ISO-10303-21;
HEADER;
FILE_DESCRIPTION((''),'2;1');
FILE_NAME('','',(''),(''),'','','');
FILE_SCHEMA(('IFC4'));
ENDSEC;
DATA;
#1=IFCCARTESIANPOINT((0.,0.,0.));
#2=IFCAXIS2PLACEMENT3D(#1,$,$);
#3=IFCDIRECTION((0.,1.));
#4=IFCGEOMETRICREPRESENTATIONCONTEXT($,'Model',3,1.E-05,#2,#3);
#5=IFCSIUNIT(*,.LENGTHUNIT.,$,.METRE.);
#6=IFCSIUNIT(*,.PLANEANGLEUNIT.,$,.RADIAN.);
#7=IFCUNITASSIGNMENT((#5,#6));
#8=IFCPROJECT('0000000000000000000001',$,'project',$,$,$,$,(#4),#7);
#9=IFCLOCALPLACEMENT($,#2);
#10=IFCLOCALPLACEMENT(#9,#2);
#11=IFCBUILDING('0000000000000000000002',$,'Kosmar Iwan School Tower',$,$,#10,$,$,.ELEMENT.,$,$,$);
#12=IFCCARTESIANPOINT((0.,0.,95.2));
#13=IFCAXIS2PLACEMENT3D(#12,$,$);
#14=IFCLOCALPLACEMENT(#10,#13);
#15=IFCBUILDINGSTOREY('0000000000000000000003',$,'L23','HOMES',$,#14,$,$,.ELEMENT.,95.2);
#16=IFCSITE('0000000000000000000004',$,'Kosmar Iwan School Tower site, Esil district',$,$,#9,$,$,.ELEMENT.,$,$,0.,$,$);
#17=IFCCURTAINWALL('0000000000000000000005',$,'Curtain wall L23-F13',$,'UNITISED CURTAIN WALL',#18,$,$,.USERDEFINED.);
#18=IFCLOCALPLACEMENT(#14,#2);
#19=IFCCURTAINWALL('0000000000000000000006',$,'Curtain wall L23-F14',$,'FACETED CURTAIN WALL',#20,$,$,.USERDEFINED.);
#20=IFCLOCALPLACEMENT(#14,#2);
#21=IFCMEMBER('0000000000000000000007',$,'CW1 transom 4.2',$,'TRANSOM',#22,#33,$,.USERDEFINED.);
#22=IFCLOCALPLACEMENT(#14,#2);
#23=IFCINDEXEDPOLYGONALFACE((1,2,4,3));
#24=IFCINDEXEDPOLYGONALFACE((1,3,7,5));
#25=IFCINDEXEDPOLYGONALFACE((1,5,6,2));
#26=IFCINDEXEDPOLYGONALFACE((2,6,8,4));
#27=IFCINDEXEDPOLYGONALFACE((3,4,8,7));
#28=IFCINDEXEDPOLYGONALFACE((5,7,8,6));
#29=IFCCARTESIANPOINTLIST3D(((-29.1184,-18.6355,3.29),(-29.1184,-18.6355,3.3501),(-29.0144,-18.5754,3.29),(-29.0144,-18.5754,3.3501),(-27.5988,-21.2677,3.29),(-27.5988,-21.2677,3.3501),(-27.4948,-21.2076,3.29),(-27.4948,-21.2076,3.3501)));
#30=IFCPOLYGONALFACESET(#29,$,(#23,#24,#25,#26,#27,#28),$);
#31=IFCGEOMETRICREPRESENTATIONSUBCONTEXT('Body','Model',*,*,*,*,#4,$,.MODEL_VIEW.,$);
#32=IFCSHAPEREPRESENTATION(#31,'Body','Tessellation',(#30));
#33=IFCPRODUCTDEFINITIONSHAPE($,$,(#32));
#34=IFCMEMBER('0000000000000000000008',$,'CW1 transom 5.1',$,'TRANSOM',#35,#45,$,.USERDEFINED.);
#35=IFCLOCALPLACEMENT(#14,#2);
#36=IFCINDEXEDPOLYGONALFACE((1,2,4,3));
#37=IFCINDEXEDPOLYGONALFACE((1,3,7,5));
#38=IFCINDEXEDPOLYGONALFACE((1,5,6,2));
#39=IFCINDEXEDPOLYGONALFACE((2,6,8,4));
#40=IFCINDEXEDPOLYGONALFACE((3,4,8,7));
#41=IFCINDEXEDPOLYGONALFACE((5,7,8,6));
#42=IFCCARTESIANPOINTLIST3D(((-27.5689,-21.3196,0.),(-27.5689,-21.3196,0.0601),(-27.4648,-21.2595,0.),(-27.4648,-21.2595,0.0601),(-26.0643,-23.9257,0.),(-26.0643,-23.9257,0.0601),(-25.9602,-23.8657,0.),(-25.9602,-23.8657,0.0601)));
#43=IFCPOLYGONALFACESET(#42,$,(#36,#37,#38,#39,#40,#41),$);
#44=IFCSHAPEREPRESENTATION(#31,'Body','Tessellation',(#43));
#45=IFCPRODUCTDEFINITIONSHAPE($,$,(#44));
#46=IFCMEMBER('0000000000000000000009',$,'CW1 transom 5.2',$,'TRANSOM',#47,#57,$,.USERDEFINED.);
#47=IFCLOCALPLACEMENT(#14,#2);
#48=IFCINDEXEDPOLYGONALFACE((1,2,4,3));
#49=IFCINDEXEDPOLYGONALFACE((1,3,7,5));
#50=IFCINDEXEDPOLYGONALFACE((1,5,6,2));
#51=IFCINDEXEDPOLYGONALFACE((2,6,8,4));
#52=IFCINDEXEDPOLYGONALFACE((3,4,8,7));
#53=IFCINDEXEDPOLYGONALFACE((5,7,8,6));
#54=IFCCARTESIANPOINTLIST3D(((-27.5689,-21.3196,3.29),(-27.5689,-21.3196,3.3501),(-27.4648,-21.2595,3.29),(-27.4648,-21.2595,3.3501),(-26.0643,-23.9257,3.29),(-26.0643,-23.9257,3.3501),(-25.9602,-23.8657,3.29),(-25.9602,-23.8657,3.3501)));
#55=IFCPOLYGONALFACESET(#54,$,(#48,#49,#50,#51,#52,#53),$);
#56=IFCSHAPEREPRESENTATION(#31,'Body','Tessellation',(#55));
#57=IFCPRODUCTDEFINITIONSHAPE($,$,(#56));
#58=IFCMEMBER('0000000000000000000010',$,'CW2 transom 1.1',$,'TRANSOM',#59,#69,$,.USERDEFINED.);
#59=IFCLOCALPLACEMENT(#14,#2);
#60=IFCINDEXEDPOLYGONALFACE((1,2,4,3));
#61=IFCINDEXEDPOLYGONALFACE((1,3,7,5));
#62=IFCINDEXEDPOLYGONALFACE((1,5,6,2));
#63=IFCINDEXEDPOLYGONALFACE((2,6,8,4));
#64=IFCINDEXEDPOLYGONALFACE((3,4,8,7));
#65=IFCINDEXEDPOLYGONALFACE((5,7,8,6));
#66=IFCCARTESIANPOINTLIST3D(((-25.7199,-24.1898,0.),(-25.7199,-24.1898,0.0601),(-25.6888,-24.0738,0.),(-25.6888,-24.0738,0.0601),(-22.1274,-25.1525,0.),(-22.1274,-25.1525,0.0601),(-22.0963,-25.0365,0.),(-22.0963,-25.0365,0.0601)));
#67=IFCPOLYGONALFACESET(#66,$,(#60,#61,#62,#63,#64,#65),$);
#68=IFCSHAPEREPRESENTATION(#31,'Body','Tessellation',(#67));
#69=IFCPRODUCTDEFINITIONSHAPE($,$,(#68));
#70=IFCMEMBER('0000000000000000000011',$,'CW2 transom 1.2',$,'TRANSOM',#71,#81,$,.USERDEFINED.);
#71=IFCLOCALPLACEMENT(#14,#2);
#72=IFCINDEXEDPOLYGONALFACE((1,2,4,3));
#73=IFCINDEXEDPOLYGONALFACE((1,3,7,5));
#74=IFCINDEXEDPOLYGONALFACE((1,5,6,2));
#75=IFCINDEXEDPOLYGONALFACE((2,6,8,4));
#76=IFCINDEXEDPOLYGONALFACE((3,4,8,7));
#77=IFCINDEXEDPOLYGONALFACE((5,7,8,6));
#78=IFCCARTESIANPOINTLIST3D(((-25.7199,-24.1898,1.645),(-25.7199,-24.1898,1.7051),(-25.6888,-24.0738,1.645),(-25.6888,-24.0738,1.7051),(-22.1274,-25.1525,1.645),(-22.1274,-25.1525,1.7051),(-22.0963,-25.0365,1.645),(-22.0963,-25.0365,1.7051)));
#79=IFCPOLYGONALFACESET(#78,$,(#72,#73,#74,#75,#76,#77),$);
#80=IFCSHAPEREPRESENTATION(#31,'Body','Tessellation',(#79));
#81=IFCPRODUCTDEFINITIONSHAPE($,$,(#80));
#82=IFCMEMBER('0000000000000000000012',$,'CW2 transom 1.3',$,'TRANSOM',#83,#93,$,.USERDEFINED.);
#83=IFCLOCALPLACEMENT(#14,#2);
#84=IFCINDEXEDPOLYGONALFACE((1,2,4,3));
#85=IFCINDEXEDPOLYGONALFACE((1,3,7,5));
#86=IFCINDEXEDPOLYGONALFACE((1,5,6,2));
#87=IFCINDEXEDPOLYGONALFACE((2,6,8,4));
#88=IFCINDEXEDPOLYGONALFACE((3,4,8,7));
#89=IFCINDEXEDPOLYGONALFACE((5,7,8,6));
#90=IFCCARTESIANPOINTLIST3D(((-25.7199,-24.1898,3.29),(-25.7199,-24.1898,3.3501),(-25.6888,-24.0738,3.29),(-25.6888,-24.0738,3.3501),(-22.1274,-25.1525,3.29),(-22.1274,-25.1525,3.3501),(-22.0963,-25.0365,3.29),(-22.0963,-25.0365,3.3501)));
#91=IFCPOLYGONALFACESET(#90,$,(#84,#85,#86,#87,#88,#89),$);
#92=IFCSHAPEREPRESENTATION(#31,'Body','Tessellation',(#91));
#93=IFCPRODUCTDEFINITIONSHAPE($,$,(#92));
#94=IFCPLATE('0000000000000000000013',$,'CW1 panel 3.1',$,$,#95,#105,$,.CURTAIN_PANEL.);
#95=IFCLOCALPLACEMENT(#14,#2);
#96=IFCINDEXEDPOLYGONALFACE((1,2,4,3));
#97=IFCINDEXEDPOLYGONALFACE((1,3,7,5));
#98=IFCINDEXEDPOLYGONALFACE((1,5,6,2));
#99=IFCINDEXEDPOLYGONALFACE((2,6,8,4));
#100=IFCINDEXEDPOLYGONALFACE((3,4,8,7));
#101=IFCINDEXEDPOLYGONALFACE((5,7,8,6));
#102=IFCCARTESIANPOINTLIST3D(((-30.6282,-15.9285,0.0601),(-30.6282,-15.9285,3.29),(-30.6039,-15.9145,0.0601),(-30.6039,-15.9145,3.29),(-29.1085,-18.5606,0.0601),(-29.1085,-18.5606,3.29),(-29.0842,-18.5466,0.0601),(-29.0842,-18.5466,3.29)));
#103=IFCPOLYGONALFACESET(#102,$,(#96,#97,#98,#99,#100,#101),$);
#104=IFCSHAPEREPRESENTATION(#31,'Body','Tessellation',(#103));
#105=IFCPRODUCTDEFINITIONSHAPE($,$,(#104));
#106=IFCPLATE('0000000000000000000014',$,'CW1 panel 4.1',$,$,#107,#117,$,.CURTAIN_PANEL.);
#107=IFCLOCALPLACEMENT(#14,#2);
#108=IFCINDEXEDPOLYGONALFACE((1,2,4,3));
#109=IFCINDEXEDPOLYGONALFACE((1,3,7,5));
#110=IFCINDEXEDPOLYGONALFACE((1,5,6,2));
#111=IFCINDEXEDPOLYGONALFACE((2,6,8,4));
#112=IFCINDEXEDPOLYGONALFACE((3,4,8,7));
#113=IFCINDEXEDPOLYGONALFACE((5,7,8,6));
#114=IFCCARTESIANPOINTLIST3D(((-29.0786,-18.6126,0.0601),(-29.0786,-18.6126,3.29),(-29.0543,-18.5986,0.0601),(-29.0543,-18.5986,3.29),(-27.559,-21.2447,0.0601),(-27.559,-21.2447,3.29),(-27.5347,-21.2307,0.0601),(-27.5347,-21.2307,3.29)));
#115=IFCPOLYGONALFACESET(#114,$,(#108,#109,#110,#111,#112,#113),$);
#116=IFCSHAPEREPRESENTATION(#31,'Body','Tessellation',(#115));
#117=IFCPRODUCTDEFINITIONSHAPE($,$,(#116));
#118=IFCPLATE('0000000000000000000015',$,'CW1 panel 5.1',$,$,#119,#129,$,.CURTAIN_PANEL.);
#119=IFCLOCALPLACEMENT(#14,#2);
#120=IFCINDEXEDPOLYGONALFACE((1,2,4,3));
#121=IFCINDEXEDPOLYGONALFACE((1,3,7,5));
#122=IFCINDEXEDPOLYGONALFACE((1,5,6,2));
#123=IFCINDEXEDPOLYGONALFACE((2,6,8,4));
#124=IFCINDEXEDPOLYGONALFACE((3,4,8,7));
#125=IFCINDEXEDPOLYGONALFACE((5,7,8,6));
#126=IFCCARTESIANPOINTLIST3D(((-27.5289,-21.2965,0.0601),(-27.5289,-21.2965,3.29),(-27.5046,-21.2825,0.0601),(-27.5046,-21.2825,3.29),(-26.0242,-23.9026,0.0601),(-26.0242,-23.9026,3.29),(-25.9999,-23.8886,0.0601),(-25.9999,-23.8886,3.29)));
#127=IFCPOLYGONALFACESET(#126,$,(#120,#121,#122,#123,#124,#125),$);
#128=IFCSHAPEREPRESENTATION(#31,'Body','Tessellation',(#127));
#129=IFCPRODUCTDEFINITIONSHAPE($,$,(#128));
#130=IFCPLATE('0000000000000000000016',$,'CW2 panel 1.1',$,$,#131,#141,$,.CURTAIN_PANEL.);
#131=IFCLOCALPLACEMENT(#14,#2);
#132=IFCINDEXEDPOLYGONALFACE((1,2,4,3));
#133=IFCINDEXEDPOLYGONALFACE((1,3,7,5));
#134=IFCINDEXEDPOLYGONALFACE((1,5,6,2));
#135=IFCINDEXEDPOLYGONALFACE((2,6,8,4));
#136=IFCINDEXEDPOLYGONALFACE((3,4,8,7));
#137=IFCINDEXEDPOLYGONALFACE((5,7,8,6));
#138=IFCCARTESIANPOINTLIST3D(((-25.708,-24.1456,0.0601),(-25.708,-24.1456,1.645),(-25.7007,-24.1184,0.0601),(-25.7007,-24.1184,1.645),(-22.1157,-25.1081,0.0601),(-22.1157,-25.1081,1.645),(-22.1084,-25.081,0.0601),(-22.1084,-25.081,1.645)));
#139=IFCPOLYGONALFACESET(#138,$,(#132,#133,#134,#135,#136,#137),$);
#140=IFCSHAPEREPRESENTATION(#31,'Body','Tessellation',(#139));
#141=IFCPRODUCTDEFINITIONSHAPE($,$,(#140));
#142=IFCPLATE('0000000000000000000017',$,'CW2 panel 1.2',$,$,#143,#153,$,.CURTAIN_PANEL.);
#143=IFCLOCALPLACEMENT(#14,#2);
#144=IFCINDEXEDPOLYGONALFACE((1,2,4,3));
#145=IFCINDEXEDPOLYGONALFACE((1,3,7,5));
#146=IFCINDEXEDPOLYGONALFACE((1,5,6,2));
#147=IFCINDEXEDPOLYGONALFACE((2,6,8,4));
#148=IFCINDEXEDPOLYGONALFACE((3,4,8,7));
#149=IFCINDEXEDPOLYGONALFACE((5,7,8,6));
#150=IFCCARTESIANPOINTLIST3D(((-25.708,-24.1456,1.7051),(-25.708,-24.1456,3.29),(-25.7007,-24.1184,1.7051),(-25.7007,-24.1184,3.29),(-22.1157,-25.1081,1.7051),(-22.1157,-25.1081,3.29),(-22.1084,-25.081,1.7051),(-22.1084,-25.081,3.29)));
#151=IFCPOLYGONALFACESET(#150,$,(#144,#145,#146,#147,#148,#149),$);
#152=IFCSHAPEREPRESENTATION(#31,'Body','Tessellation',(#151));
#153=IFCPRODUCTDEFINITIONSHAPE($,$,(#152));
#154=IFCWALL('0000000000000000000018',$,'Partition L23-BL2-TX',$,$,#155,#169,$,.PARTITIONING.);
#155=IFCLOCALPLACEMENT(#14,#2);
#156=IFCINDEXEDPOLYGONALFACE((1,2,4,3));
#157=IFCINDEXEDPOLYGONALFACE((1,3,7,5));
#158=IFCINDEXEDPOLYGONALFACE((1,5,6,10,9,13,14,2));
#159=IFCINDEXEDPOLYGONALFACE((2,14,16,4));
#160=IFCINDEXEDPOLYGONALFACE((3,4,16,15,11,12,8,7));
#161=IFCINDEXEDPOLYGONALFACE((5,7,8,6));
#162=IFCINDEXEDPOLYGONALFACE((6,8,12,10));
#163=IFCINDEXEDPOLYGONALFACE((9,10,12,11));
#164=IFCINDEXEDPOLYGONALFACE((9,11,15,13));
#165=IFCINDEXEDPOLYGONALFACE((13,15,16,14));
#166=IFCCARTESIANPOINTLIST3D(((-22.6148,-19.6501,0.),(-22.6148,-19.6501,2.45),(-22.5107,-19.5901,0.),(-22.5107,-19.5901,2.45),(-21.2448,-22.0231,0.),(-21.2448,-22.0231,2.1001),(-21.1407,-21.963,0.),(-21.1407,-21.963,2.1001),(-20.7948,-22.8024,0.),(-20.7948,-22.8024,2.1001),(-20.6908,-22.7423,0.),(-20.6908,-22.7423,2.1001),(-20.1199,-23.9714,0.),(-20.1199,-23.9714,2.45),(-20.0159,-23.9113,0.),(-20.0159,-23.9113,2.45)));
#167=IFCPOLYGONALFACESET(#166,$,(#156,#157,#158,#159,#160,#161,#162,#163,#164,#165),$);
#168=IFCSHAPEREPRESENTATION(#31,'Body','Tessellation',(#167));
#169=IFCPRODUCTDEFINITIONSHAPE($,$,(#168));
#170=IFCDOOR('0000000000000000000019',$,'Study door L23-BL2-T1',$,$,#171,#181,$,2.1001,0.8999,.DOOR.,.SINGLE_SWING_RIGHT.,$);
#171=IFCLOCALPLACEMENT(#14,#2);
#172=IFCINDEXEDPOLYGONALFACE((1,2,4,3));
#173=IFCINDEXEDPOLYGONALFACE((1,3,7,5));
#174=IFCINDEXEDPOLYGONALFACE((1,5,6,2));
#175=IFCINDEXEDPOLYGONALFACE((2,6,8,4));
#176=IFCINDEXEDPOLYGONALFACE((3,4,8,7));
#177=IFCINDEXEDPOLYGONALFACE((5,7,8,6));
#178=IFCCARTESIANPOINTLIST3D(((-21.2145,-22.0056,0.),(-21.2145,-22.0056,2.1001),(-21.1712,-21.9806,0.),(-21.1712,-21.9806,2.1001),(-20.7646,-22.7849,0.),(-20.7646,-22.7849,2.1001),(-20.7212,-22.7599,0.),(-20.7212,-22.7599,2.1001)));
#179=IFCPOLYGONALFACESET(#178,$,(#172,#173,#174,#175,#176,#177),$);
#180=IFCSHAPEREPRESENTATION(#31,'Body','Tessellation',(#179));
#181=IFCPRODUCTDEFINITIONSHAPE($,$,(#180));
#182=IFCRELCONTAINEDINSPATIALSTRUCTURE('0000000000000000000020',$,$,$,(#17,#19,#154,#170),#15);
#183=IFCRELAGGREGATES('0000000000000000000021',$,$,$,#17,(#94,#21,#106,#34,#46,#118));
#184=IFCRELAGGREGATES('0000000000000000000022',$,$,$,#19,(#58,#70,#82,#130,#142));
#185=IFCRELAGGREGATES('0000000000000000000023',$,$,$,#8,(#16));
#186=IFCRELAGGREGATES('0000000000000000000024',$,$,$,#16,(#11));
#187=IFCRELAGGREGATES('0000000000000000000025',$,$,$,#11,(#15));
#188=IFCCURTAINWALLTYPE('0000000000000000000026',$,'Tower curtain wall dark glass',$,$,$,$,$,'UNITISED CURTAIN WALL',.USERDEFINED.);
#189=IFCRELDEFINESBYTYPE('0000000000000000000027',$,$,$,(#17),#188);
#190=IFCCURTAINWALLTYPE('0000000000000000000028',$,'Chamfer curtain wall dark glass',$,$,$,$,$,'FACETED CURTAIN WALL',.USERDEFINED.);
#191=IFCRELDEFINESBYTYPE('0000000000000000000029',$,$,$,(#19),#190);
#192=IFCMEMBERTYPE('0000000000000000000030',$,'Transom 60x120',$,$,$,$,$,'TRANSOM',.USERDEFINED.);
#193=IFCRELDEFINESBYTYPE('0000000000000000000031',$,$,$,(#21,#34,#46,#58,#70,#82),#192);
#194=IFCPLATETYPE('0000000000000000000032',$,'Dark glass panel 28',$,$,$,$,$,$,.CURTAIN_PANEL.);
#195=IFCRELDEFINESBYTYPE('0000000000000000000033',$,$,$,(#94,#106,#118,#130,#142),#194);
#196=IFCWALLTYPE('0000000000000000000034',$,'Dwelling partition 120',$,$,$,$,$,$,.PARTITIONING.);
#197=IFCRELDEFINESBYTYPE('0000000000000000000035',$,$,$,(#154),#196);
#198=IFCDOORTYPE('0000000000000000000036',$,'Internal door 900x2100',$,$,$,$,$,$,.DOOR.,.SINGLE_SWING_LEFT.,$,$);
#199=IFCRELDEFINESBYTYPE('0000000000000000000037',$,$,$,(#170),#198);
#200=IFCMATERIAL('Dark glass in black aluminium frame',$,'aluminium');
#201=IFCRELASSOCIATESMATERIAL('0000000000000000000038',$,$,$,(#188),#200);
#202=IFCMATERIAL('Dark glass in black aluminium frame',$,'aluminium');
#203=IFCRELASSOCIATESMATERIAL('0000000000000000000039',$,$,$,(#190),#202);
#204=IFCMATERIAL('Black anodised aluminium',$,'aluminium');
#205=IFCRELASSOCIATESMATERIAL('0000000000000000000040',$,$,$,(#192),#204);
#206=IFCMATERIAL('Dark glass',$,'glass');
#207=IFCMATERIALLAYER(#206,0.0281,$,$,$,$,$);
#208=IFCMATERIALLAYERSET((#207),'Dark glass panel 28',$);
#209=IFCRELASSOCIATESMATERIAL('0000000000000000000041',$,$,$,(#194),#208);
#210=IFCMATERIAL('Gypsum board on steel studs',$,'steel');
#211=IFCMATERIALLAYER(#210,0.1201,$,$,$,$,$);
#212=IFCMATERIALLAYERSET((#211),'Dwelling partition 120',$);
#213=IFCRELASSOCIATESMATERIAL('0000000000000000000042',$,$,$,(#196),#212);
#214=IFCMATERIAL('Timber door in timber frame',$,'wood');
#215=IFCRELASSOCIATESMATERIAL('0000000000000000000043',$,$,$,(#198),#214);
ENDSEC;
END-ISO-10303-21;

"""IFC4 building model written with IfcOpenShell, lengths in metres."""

from ifc_helpers import new_model, si_unit, direction, frame, frame_2d, origin, origin_2d, place, context, subcontext, project, spatial, rectangle, extrude, material, layer, layer_set, material_profile, profile_set, type_object, element, fill, aggregate, save


model = new_model("IFC4")

# Units and contexts
model_context = context("Model", 3, precision=1e-05, world=origin(), true_north=direction((0.0, 1.0)))
body_context = subcontext(model_context, "Body", "Model", "MODEL_VIEW")
ifc_project = project(units=[si_unit("LENGTHUNIT", "METRE"), si_unit("PLANEANGLEUNIT", "RADIAN")], contexts=[model_context])

# Site, building, storey
site_placement = place(None, origin())
site = spatial("IfcSite", under=ifc_project, at=site_placement, Name="Kosmar Iwan School Tower site, Esil district", CompositionType="ELEMENT", RefElevation=0.0)
building_placement = place(site_placement, origin())
building = spatial("IfcBuilding", under=site, at=building_placement, Name="Kosmar Iwan School Tower", CompositionType="ELEMENT")
storey_placement = place(building_placement, frame((0.0, 0.0, 95.2)))
storey = spatial("IfcBuildingStorey", under=building, at=storey_placement, Name="L23", Description="HOMES", CompositionType="ELEMENT", Elevation=95.2)

# Curtain walls
ifc_material_1 = material(Name="Dark glass in black aluminium frame", Category="aluminium")
curtain_wall_type_1 = type_object("IfcCurtainWallType", Name="Tower curtain wall dark glass", ElementType="UNITISED CURTAIN WALL", PredefinedType="USERDEFINED", material=ifc_material_1)
curtain_wall_1_placement = place(storey_placement, origin())
curtain_wall_1 = element("IfcCurtainWall", 1, at=curtain_wall_1_placement, inside=storey, type_object=curtain_wall_type_1, Name="Curtain wall L23-F13", ObjectType="UNITISED CURTAIN WALL", PredefinedType="USERDEFINED")
ifc_material_2 = material(Name="Dark glass in black aluminium frame", Category="aluminium")
curtain_wall_type_2 = type_object("IfcCurtainWallType", Name="Chamfer curtain wall dark glass", ElementType="FACETED CURTAIN WALL", PredefinedType="USERDEFINED", material=ifc_material_2)
curtain_wall_2_placement = place(storey_placement, origin())
curtain_wall_2 = element("IfcCurtainWall", 2, at=curtain_wall_2_placement, inside=storey, type_object=curtain_wall_type_2, Name="Curtain wall L23-F14", ObjectType="FACETED CURTAIN WALL", PredefinedType="USERDEFINED")

# Members
ifc_material_3 = material(Name="Black anodised aluminium", Category="aluminium")
ifc_material_profile_1 = material_profile(ifc_material_3, rectangle(XDim=0.1201, YDim=0.0601, at=origin_2d()), Name="TRANSOM 60x120")
ifc_profile_set_1 = profile_set([ifc_material_profile_1], Name="Black anodised aluminium")
member_type_1 = type_object("IfcMemberType", Name="Transom 60x120", ElementType="TRANSOM", PredefinedType="USERDEFINED", material=ifc_profile_set_1)
member_1_placement = place(storey_placement, frame((-29.0664, -18.6055, 3.3201), z_axis=(0.499975, -0.86604, 0.0), x_axis=(0.86604, 0.499975, 0.0)))
member_1 = element("IfcMember", 3, at=member_1_placement, type_object=member_type_1, Name="CW1 transom 4.2", ObjectType="TRANSOM", PredefinedType="USERDEFINED", context=body_context, shape_type="SweptSolid", body=[
    extrude(rectangle(XDim=0.1201, YDim=0.0601, at=origin_2d()), origin(), (0.0, 0.0, 1.0), 3.0393),
])
member_2_placement = place(storey_placement, frame((-27.5168, -21.2896, 0.03), z_axis=(0.499987, -0.866033, 0.0), x_axis=(0.866033, 0.499987, 0.0)))
member_2 = element("IfcMember", 4, at=member_2_placement, type_object=member_type_1, Name="CW1 transom 5.1", ObjectType="TRANSOM", PredefinedType="USERDEFINED", context=body_context, shape_type="SweptSolid", body=[
    extrude(rectangle(XDim=0.1201, YDim=0.0601, at=origin_2d()), origin(), (0.0, 0.0, 1.0), 3.0093),
])
member_3_placement = place(storey_placement, frame((-27.5168, -21.2896, 3.3201), z_axis=(0.499987, -0.866033, 0.0), x_axis=(0.866033, 0.499987, 0.0)))
member_3 = element("IfcMember", 5, at=member_3_placement, type_object=member_type_1, Name="CW1 transom 5.2", ObjectType="TRANSOM", PredefinedType="USERDEFINED", context=body_context, shape_type="SweptSolid", body=[
    extrude(rectangle(XDim=0.1201, YDim=0.0601, at=origin_2d()), origin(), (0.0, 0.0, 1.0), 3.0093),
])
member_4_placement = place(storey_placement, frame((-25.7043, -24.1318, 0.03), z_axis=(0.965924, -0.258827, 0.0), x_axis=(0.258827, 0.965924, 0.0)))
member_4 = element("IfcMember", 6, at=member_4_placement, type_object=member_type_1, Name="CW2 transom 1.1", ObjectType="TRANSOM", PredefinedType="USERDEFINED", context=body_context, shape_type="SweptSolid", body=[
    extrude(rectangle(XDim=0.1201, YDim=0.0601, at=origin_2d()), origin(), (0.0, 0.0, 1.0), 3.7192),
])
member_5_placement = place(storey_placement, frame((-25.7043, -24.1318, 1.675), z_axis=(0.965924, -0.258827, 0.0), x_axis=(0.258827, 0.965924, 0.0)))
member_5 = element("IfcMember", 7, at=member_5_placement, type_object=member_type_1, Name="CW2 transom 1.2", ObjectType="TRANSOM", PredefinedType="USERDEFINED", context=body_context, shape_type="SweptSolid", body=[
    extrude(rectangle(XDim=0.1201, YDim=0.0601, at=origin_2d()), origin(), (0.0, 0.0, 1.0), 3.7192),
])
member_6_placement = place(storey_placement, frame((-25.7043, -24.1318, 3.3201), z_axis=(0.965924, -0.258827, 0.0), x_axis=(0.258827, 0.965924, 0.0)))
member_6 = element("IfcMember", 8, at=member_6_placement, type_object=member_type_1, Name="CW2 transom 1.3", ObjectType="TRANSOM", PredefinedType="USERDEFINED", context=body_context, shape_type="SweptSolid", body=[
    extrude(rectangle(XDim=0.1201, YDim=0.0601, at=origin_2d()), origin(), (0.0, 0.0, 1.0), 3.7192),
])

# Plates
ifc_material_4 = material(Name="Dark glass", Category="glass")
ifc_layer_1 = layer(ifc_material_4, 0.0281)
ifc_layer_set_1 = layer_set([ifc_layer_1], Name="Dark glass panel 28")
plate_type = type_object("IfcPlateType", Name="Dark glass panel 28", PredefinedType="CURTAIN_PANEL", material=ifc_layer_set_1)
plate_1_placement = place(storey_placement, frame((-29.8562, -17.2375, 0.0601), z_axis=(0.0, 0.0, 1.0), x_axis=(0.5, -0.866025, 0.0)))
plate_1 = element("IfcPlate", 9, at=plate_1_placement, type_object=plate_type, Name="CW1 panel 3.1", PredefinedType="CURTAIN_PANEL", context=body_context, shape_type="SweptSolid", body=[
    extrude(rectangle(XDim=3.0393, YDim=0.0281, at=origin_2d()), origin(), (0.0, 0.0, 1.0), 3.23),
])
plate_2_placement = place(storey_placement, frame((-28.3066, -19.9216, 0.0601), z_axis=(0.0, 0.0, 1.0), x_axis=(0.5, -0.866025, 0.0)))
plate_2 = element("IfcPlate", 10, at=plate_2_placement, type_object=plate_type, Name="CW1 panel 4.1", PredefinedType="CURTAIN_PANEL", context=body_context, shape_type="SweptSolid", body=[
    extrude(rectangle(XDim=3.0393, YDim=0.0281, at=origin_2d()), origin(), (0.0, 0.0, 1.0), 3.23),
])
plate_3_placement = place(storey_placement, frame((-26.7644, -22.5925, 0.0601), z_axis=(0.0, 0.0, 1.0), x_axis=(0.5, -0.866025, 0.0)))
plate_3 = element("IfcPlate", 11, at=plate_3_placement, type_object=plate_type, Name="CW1 panel 5.1", PredefinedType="CURTAIN_PANEL", context=body_context, shape_type="SweptSolid", body=[
    extrude(rectangle(XDim=3.0093, YDim=0.0281, at=origin_2d()), origin(), (0.0, 0.0, 1.0), 3.23),
])
aggregate(curtain_wall_1, [plate_1, member_1, plate_2, member_2, member_3, plate_3])
plate_4_placement = place(storey_placement, frame((-23.9082, -24.6133, 0.0601), z_axis=(0.0, 0.0, 1.0), x_axis=(0.965926, -0.258819, 0.0)))
plate_4 = element("IfcPlate", 12, at=plate_4_placement, type_object=plate_type, Name="CW2 panel 1.1", PredefinedType="CURTAIN_PANEL", context=body_context, shape_type="SweptSolid", body=[
    extrude(rectangle(XDim=3.719, YDim=0.0281, at=origin_2d()), origin(), (0.0, 0.0, 1.0), 1.585),
])
plate_5_placement = place(storey_placement, frame((-23.9082, -24.6133, 1.7051), z_axis=(0.0, 0.0, 1.0), x_axis=(0.965926, -0.258819, 0.0)))
plate_5 = element("IfcPlate", 13, at=plate_5_placement, type_object=plate_type, Name="CW2 panel 1.2", PredefinedType="CURTAIN_PANEL", context=body_context, shape_type="SweptSolid", body=[
    extrude(rectangle(XDim=3.719, YDim=0.0281, at=origin_2d()), origin(), (0.0, 0.0, 1.0), 1.585),
])
aggregate(curtain_wall_2, [member_4, member_5, member_6, plate_4, plate_5])

# Wall, opening, door
ifc_material_5 = material(Name="Gypsum board on steel studs", Category="steel")
ifc_layer_2 = layer(ifc_material_5, 0.1201)
ifc_layer_set_2 = layer_set([ifc_layer_2], Name="Dwelling partition 120")
wall_type_1 = type_object("IfcWallType", Name="Dwelling partition 120", PredefinedType="PARTITIONING", material=ifc_layer_set_2)
wall_1_placement = place(storey_placement, frame((-22.5627, -19.6201, 0.0), z_axis=(0.0, 0.0, 1.0), x_axis=(0.499996, -0.866028, 0.0)))
wall_1 = element("IfcWall", 14, at=wall_1_placement, inside=storey, type_object=wall_type_1, Name="Partition L23-BL2-TX", PredefinedType="PARTITIONING", context=body_context, shape_type="SweptSolid", body=[
    extrude(rectangle(XDim=4.9897, YDim=0.1201, at=frame_2d((2.4949, 0.0))), origin(), (0.0, 0.0, 1.0), 2.45),
])
opening_1_placement = place(wall_1_placement, frame((2.74, 0.0, 0.0)))
opening_1 = element("IfcOpeningElement", 15, at=opening_1_placement, cuts=wall_1, PredefinedType="OPENING", context=body_context, shape_type="SweptSolid", body=[
    extrude(rectangle(XDim=0.8999, YDim=2.1001, at=frame_2d((0.45, 1.05))), frame((0.0, 0.072, 0.0), z_axis=(0.0, -1.0, 0.0), x_axis=(1.0, 0.0, 0.0)), (0.0, 0.0, 1.0), 0.144),
])
ifc_material_6 = material(Name="Timber door in timber frame", Category="wood")
door_type_1 = type_object("IfcDoorType", Name="Internal door 900x2100", OperationType="SINGLE_SWING_LEFT", PredefinedType="DOOR", material=ifc_material_6)
door_1_placement = place(opening_1_placement, origin())
door_1 = element("IfcDoor", 16, at=door_1_placement, inside=storey, type_object=door_type_1, Name="Study door L23-BL2-T1", OperationType="SINGLE_SWING_RIGHT", OverallHeight=2.1001, OverallWidth=0.8999, PredefinedType="DOOR", context=body_context, shape_type="SweptSolid", body=[
    extrude(rectangle(XDim=0.8999, YDim=2.1001, at=frame_2d((0.45, 1.05))), frame((0.0, 0.0249, 0.0), z_axis=(0.0, -1.0, 0.0), x_axis=(1.0, 0.0, 0.0)), (0.0, 0.0, 1.0), 0.05),
])
fill(opening_1, door_1)

save(model, "model.ifc")
